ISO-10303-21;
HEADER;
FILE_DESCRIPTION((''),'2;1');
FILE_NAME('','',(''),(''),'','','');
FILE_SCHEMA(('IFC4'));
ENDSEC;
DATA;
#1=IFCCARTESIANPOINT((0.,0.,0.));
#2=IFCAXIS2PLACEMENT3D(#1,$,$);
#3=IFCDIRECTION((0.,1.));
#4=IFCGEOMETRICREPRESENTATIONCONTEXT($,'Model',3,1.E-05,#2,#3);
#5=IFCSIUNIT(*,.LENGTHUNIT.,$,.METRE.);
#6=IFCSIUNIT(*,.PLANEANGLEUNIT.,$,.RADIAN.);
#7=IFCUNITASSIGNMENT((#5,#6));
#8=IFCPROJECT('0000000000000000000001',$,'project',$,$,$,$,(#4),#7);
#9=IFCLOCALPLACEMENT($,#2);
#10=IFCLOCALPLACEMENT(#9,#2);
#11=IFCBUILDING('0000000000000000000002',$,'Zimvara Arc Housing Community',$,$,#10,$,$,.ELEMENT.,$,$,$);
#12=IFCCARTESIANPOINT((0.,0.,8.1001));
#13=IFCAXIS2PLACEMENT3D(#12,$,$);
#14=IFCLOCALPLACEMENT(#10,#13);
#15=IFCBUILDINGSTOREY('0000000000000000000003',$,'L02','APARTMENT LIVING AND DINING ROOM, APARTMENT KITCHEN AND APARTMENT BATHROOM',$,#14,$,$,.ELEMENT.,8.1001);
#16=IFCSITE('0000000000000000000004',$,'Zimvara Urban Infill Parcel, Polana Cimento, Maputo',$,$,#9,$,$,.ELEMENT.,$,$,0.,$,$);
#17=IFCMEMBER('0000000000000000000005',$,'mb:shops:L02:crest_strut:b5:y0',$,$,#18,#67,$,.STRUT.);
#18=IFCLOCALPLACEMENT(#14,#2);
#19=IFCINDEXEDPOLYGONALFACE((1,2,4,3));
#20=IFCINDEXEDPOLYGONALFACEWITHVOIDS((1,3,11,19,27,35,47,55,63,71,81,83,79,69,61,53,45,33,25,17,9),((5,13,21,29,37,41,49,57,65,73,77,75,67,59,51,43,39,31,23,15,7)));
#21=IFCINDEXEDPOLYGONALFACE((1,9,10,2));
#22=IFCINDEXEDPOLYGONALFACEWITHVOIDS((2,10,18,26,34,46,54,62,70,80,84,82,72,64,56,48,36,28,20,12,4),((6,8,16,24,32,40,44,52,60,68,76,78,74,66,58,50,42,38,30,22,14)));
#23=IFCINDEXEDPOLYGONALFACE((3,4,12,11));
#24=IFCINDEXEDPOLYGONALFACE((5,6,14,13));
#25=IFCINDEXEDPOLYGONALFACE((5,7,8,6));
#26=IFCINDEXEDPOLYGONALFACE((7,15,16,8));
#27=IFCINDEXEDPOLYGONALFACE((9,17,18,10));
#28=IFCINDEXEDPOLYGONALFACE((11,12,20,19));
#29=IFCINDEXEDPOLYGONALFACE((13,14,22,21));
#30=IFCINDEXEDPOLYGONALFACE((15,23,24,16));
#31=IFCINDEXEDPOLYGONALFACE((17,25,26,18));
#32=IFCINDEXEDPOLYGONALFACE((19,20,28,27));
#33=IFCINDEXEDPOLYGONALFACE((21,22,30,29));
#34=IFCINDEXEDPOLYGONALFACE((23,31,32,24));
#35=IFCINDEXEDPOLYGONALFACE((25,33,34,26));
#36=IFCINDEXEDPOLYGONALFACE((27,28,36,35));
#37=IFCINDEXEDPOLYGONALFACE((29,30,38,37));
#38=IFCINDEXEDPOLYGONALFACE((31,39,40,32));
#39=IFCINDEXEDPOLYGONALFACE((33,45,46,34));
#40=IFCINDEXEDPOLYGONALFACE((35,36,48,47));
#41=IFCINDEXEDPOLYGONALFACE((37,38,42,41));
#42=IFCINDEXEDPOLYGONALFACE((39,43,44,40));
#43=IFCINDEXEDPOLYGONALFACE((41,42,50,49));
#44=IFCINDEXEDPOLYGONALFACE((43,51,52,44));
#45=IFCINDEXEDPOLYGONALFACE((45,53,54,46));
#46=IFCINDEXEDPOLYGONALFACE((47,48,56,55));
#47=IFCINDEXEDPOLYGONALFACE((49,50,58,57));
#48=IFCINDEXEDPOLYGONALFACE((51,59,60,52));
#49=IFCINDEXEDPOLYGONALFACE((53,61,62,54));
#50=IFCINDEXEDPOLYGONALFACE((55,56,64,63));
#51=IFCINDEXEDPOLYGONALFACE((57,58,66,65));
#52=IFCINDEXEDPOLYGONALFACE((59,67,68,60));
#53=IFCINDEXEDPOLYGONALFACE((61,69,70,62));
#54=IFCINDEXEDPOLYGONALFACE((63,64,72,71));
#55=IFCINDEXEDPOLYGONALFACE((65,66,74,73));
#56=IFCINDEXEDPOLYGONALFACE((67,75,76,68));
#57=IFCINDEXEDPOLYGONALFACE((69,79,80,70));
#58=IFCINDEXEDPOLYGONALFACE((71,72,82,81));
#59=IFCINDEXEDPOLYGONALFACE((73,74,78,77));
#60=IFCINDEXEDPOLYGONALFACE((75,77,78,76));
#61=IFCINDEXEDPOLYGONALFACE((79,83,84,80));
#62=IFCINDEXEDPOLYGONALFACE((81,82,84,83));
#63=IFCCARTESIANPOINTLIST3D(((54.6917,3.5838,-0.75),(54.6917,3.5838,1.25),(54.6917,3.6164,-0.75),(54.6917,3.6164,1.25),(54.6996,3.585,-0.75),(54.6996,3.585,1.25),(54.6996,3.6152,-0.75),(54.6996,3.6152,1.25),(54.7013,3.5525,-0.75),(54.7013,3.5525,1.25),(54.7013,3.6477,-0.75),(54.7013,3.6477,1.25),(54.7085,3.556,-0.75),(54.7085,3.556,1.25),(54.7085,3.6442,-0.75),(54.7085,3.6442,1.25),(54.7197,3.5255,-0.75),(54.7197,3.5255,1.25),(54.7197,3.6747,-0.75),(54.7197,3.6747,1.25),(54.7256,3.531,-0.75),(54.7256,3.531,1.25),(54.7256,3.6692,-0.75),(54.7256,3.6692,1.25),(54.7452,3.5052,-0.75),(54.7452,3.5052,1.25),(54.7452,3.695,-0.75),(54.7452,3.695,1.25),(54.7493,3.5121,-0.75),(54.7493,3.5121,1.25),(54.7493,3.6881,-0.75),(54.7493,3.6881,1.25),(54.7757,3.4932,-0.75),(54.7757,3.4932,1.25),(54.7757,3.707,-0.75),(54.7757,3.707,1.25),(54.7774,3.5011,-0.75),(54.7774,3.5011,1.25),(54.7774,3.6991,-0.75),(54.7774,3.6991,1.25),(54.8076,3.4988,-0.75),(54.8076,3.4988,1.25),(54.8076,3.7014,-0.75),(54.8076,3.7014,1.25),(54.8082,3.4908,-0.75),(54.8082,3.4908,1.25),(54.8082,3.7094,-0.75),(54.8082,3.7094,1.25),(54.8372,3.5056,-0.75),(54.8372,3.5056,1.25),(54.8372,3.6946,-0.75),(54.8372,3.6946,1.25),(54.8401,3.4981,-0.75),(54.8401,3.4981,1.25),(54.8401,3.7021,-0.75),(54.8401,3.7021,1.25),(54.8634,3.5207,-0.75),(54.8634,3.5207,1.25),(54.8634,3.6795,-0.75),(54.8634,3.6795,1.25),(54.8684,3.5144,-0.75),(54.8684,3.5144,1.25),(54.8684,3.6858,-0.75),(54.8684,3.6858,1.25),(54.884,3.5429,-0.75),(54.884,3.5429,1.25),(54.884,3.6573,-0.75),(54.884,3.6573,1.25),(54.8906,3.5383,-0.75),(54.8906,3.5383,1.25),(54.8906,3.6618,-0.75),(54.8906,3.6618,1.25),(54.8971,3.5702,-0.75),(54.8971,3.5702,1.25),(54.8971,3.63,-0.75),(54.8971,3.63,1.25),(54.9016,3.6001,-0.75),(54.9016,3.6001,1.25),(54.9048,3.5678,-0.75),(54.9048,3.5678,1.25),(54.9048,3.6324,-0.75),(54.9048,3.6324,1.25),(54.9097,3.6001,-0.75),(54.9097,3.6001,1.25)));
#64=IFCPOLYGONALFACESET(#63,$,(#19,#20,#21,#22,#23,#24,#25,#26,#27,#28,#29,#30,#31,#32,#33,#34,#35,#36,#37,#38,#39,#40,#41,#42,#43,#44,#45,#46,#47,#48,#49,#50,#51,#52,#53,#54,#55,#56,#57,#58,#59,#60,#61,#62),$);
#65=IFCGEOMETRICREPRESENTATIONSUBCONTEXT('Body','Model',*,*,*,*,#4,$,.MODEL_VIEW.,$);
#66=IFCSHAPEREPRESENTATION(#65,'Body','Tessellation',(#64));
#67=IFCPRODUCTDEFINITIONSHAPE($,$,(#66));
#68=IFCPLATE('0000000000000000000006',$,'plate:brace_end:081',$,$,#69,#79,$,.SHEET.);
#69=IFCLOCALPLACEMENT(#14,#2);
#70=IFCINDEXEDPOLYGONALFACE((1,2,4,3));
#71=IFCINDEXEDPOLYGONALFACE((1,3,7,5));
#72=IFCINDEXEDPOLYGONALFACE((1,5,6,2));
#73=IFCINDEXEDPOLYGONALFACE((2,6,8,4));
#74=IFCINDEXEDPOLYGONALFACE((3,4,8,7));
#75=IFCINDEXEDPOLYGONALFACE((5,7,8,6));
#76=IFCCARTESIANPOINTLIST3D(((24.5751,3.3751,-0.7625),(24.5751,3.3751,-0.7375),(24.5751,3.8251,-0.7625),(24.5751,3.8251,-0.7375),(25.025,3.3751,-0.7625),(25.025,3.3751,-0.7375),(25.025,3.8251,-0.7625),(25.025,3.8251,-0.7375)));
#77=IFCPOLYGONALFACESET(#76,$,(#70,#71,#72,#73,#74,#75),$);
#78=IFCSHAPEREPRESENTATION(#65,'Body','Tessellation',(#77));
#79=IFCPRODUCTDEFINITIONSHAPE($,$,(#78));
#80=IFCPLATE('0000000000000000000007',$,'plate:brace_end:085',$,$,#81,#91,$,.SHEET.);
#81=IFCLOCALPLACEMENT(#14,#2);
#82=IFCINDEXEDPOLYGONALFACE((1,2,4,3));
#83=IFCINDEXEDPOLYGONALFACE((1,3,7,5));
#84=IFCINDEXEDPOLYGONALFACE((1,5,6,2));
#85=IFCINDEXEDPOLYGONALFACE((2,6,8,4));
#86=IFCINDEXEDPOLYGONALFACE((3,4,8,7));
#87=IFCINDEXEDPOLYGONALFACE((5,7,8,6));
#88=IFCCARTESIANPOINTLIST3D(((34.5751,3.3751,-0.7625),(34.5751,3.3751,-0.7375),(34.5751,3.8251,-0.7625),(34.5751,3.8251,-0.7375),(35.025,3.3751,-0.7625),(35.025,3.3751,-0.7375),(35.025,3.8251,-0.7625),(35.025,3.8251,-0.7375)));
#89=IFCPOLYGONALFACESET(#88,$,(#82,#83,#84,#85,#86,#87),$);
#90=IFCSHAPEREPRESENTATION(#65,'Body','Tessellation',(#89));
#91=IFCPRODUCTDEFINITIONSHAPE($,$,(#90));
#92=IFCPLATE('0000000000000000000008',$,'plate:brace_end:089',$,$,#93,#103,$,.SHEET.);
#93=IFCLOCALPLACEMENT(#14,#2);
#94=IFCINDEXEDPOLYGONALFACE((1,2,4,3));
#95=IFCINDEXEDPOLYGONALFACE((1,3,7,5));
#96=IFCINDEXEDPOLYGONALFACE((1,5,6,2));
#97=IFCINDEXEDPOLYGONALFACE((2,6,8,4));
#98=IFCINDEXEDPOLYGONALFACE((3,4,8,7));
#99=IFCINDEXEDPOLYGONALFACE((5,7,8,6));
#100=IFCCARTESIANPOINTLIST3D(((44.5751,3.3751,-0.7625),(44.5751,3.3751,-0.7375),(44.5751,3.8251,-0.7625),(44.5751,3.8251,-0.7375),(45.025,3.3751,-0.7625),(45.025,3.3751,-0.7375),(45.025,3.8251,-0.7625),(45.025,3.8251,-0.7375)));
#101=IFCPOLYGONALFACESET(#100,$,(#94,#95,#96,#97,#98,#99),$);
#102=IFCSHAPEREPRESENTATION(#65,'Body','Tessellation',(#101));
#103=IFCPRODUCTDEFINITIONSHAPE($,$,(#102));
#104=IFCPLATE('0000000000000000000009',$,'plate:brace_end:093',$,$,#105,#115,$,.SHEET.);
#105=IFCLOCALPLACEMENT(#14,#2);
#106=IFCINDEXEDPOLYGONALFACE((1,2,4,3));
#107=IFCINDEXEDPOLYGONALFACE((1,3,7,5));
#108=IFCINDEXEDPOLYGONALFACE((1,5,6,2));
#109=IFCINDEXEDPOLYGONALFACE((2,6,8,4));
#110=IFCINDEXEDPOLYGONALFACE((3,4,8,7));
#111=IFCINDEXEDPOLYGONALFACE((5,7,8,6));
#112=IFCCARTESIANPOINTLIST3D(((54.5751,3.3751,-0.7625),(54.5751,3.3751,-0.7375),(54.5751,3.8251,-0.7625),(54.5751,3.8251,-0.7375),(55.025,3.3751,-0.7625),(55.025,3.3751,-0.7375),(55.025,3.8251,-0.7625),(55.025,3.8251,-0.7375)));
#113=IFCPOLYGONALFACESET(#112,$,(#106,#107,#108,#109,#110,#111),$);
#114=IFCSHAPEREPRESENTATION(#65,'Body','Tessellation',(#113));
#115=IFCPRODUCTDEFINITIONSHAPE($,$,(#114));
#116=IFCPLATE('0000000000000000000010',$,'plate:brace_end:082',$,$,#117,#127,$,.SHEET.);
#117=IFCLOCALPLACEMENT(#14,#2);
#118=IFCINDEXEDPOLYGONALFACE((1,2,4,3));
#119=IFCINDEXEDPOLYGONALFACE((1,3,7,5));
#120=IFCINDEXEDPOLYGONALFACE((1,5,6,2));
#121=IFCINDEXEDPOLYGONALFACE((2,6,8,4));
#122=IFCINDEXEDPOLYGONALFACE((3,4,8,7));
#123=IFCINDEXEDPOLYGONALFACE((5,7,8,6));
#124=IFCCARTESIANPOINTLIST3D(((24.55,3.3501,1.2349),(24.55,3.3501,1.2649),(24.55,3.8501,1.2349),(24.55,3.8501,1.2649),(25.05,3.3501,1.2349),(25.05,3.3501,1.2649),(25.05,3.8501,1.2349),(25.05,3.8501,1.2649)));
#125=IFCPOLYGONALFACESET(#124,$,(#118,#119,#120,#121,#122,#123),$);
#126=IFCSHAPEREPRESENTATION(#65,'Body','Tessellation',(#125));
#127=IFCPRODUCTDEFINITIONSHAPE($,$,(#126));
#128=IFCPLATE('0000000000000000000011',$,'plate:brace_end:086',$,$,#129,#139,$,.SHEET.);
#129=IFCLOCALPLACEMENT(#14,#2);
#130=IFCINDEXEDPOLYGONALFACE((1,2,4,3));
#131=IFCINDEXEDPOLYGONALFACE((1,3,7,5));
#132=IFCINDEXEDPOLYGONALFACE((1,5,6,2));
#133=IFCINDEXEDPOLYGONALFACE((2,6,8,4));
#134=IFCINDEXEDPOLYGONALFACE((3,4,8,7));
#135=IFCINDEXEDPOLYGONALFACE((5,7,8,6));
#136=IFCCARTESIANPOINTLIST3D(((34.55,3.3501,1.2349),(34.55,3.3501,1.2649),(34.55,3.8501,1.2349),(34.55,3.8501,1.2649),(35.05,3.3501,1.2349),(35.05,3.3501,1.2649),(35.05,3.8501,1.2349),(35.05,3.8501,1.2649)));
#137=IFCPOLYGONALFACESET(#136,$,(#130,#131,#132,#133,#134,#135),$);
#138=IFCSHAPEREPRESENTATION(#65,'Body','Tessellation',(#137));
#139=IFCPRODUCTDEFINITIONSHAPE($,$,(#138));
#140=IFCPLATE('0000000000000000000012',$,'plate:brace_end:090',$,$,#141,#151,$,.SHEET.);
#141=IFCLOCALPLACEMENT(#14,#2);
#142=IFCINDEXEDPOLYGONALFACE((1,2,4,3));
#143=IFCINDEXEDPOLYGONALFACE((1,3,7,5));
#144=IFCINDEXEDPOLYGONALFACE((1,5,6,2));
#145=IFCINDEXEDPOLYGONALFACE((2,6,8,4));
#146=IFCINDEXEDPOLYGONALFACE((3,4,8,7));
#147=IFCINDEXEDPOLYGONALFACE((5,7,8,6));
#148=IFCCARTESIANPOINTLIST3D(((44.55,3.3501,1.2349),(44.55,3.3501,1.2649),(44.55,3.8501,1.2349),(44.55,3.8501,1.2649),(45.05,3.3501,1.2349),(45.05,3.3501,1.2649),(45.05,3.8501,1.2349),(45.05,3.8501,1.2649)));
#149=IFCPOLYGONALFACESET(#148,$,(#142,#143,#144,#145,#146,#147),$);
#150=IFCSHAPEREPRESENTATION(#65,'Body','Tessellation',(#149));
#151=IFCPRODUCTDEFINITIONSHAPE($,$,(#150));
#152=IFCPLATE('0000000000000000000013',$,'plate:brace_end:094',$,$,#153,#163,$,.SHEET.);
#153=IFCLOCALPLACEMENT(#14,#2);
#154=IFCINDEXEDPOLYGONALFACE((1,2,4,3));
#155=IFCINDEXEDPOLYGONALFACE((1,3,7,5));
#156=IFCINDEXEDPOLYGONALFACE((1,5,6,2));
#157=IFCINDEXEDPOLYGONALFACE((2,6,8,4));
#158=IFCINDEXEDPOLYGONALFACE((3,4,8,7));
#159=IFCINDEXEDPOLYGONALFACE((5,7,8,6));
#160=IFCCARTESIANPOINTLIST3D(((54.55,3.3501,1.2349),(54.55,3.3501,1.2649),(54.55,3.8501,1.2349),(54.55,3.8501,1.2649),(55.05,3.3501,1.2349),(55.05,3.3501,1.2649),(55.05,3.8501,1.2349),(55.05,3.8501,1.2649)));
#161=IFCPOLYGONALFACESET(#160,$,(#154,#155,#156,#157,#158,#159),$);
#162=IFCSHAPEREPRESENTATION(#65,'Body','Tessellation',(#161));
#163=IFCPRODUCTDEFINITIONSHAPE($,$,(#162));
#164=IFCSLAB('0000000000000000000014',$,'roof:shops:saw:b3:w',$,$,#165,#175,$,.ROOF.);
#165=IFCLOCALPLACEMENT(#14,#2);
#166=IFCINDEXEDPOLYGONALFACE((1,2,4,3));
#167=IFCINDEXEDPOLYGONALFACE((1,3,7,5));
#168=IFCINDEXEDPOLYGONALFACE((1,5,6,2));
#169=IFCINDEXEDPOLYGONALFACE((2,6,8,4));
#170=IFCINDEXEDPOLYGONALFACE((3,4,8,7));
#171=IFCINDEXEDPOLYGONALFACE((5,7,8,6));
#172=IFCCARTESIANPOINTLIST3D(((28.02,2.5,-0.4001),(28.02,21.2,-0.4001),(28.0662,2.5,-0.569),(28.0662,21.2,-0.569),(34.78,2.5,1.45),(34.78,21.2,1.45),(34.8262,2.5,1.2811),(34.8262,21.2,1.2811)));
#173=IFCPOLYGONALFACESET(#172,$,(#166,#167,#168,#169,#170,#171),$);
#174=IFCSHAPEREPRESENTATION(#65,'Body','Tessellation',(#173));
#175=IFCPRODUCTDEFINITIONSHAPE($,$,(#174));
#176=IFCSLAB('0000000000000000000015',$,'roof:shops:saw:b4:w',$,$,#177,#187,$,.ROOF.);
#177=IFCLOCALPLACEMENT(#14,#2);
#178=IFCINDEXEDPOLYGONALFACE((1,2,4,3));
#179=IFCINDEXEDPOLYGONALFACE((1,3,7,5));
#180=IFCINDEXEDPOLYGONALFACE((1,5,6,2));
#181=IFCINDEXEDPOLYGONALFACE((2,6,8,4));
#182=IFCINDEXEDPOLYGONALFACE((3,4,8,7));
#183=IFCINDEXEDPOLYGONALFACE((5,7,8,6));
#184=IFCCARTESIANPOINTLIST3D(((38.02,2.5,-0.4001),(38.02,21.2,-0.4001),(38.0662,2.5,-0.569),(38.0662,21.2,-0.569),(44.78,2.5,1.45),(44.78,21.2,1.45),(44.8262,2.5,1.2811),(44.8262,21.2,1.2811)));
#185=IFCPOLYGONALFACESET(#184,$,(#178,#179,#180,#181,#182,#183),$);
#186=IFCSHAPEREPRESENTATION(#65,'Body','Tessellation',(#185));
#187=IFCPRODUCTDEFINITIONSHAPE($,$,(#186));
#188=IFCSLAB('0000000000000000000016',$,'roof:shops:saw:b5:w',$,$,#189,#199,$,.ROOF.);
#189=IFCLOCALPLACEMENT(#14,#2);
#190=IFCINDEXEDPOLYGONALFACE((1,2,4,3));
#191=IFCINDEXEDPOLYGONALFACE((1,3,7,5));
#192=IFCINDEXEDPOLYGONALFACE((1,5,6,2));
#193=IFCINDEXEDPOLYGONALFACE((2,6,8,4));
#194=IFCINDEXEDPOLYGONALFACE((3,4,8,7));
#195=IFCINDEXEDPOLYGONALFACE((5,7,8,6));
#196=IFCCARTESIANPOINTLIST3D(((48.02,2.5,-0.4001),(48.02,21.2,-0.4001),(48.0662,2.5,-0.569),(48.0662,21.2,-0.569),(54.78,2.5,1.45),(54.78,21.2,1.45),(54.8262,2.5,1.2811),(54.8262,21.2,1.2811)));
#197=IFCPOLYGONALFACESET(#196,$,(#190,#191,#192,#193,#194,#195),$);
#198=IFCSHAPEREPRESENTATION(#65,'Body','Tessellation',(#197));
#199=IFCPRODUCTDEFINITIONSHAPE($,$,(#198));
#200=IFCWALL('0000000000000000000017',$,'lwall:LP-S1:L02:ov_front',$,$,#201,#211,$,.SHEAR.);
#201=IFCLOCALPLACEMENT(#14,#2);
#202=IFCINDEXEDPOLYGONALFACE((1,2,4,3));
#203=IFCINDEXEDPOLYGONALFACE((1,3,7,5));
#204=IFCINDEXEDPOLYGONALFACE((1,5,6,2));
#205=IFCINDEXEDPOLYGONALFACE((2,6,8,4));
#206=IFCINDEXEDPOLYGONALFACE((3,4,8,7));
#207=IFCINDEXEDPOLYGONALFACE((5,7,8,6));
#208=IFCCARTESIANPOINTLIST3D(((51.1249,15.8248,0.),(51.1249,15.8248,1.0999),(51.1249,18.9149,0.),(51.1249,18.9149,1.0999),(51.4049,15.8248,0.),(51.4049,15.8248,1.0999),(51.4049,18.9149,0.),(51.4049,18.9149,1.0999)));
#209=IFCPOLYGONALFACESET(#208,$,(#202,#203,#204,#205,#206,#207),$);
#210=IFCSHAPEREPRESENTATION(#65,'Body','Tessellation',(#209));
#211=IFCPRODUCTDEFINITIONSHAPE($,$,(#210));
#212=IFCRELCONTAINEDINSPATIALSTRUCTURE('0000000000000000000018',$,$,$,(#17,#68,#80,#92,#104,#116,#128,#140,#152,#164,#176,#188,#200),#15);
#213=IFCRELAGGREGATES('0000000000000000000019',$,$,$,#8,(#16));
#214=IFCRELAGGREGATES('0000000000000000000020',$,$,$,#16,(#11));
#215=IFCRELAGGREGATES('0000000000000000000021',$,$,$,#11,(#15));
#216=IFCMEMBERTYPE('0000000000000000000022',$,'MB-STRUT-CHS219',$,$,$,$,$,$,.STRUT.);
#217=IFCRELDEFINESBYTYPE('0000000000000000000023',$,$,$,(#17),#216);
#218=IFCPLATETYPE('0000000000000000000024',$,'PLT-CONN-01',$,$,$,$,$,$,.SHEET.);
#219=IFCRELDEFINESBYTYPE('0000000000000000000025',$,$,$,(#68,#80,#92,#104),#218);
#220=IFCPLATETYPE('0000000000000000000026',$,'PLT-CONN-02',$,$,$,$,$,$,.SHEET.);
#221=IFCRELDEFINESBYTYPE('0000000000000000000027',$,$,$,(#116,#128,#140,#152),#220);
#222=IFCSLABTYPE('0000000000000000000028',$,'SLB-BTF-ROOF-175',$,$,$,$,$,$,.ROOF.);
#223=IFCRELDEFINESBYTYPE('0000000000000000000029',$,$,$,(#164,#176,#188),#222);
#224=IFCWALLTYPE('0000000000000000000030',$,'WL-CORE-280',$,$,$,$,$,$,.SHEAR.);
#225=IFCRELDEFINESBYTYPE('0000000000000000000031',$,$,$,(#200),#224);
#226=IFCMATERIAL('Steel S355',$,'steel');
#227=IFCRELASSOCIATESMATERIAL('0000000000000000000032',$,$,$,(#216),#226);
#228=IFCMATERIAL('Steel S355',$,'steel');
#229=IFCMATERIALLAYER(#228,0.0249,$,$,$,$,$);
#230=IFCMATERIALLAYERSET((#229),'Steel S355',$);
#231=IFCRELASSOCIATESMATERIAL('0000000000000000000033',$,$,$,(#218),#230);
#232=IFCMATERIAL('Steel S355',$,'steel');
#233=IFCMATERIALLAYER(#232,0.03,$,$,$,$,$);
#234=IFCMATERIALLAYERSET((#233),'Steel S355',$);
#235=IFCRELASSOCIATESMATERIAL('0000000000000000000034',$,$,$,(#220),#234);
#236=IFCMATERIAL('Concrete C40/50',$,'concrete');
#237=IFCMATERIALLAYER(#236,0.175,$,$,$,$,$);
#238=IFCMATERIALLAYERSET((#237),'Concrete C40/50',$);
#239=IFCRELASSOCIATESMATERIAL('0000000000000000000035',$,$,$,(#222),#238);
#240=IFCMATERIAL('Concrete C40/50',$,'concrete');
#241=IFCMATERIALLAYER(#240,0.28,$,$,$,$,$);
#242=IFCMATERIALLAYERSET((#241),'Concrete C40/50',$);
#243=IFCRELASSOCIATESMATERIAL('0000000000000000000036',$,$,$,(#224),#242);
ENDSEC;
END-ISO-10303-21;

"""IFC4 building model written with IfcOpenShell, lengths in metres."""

from ifc_helpers import new_model, si_unit, direction, frame, frame_2d, origin, origin_2d, place, context, subcontext, project, spatial, polyline, rectangle, hollow_circle, outline, extrude, material, layer, layer_set, material_profile, profile_set, type_object, element, save


model = new_model("IFC4")

# Units and contexts
model_context = context("Model", 3, precision=1e-05, world=origin(), true_north=direction((0.0, 1.0)))
body_context = subcontext(model_context, "Body", "Model", "MODEL_VIEW")
ifc_project = project(units=[si_unit("LENGTHUNIT", "METRE"), si_unit("PLANEANGLEUNIT", "RADIAN")], contexts=[model_context])

# Site, building, storey
site_placement = place(None, origin())
site = spatial("IfcSite", under=ifc_project, at=site_placement, Name="Zimvara Urban Infill Parcel, Polana Cimento, Maputo", CompositionType="ELEMENT", RefElevation=0.0)
building_placement = place(site_placement, origin())
building = spatial("IfcBuilding", under=site, at=building_placement, Name="Zimvara Arc Housing Community", CompositionType="ELEMENT")
storey_placement = place(building_placement, frame((0.0, 0.0, 8.1001)))
storey = spatial("IfcBuildingStorey", under=building, at=storey_placement, Name="L02", Description="APARTMENT LIVING AND DINING ROOM, APARTMENT KITCHEN AND APARTMENT BATHROOM", CompositionType="ELEMENT", Elevation=8.1001)

# Member
ifc_material_1 = material(Name="Steel S355", Category="steel")
ifc_material_profile_1 = material_profile(ifc_material_1, hollow_circle(Radius=0.1096, WallThickness=0.0081, at=origin_2d()), Name="CHS 219.1x8.0")
ifc_profile_set_1 = profile_set([ifc_material_profile_1], Name="Steel S355")
member_type = type_object("IfcMemberType", Name="MB-STRUT-CHS219", PredefinedType="STRUT", material=ifc_profile_set_1)
for number, where, z_axis, x_axis, name in (
    (1, (54.8, 3.6001, -0.75), (0.0, 0.0, 1.0), (1.0, 0.0, 0.0), "mb:shops:L02:crest_strut:b5:y0"),
):
    element("IfcMember", number, at=place(storey_placement, frame(where, z_axis=z_axis, x_axis=x_axis)), inside=storey, type_object=member_type, Name=name, PredefinedType="STRUT", context=body_context, shape_type="SweptSolid", body=[
        extrude(hollow_circle(Radius=0.1096, WallThickness=0.0081, at=origin_2d()), origin(), (0.0, 0.0, 1.0), 2.0),
    ])

# Plates
ifc_material_2 = material(Name="Steel S355", Category="steel")
ifc_layer_1 = layer(ifc_material_2, 0.0249)
ifc_layer_set_1 = layer_set([ifc_layer_1], Name="Steel S355")
plate_type_1 = type_object("IfcPlateType", Name="PLT-CONN-01", PredefinedType="SHEET", material=ifc_layer_set_1)
for number, where, z_axis, x_axis, name in (
    (2, (24.8, 3.6001, -0.7625), (0.0, 0.0, 1.0), (1.0, 0.0, 0.0), "plate:brace_end:081"),
    (3, (34.8, 3.6001, -0.7625), (0.0, 0.0, 1.0), (1.0, 0.0, 0.0), "plate:brace_end:085"),
    (4, (44.8, 3.6001, -0.7625), (0.0, 0.0, 1.0), (1.0, 0.0, 0.0), "plate:brace_end:089"),
    (5, (54.8, 3.6001, -0.7625), (0.0, 0.0, 1.0), (1.0, 0.0, 0.0), "plate:brace_end:093"),
):
    element("IfcPlate", number, at=place(storey_placement, frame(where, z_axis=z_axis, x_axis=x_axis)), inside=storey, type_object=plate_type_1, Name=name, PredefinedType="SHEET", context=body_context, shape_type="SweptSolid", body=[
        extrude(rectangle(XDim=0.45, YDim=0.45, at=origin_2d()), origin(), (0.0, 0.0, 1.0), 0.0249),
    ])
ifc_material_3 = material(Name="Steel S355", Category="steel")
ifc_layer_2 = layer(ifc_material_3, 0.03)
ifc_layer_set_2 = layer_set([ifc_layer_2], Name="Steel S355")
plate_type_2 = type_object("IfcPlateType", Name="PLT-CONN-02", PredefinedType="SHEET", material=ifc_layer_set_2)
for number, where, z_axis, x_axis, name in (
    (6, (24.8, 3.6001, 1.2349), (0.0, 0.0, 1.0), (1.0, 0.0, 0.0), "plate:brace_end:082"),
    (7, (34.8, 3.6001, 1.2349), (0.0, 0.0, 1.0), (1.0, 0.0, 0.0), "plate:brace_end:086"),
    (8, (44.8, 3.6001, 1.2349), (0.0, 0.0, 1.0), (1.0, 0.0, 0.0), "plate:brace_end:090"),
    (9, (54.8, 3.6001, 1.2349), (0.0, 0.0, 1.0), (1.0, 0.0, 0.0), "plate:brace_end:094"),
):
    element("IfcPlate", number, at=place(storey_placement, frame(where, z_axis=z_axis, x_axis=x_axis)), inside=storey, type_object=plate_type_2, Name=name, PredefinedType="SHEET", context=body_context, shape_type="SweptSolid", body=[
        extrude(rectangle(XDim=0.5, YDim=0.5, at=origin_2d()), origin(), (0.0, 0.0, 1.0), 0.03),
    ])

# Slabs
ifc_material_4 = material(Name="Concrete C40/50", Category="concrete")
ifc_layer_3 = layer(ifc_material_4, 0.175)
ifc_layer_set_3 = layer_set([ifc_layer_3], Name="Concrete C40/50")
slab_type = type_object("IfcSlabType", Name="SLB-BTF-ROOF-175", PredefinedType="ROOF", material=ifc_layer_set_3)
for number, where, z_axis, x_axis, name in (
    (10, (28.02, 2.5, -0.4001), (-0.263975, 0.0, 0.96453), (0.96453, 0.0, 0.263975), "roof:shops:saw:b3:w"),
    (11, (38.02, 2.5, -0.4001), (-0.263975, 0.0, 0.96453), (0.96453, 0.0, 0.263975), "roof:shops:saw:b4:w"),
    (12, (48.02, 2.5, -0.4001), (-0.263975, 0.0, 0.96453), (0.96453, 0.0, 0.263975), "roof:shops:saw:b5:w"),
):
    element("IfcSlab", number, at=place(storey_placement, frame(where, z_axis=z_axis, x_axis=x_axis)), inside=storey, type_object=slab_type, Name=name, PredefinedType="ROOF", context=body_context, shape_type="SweptSolid", body=[
        extrude(outline(polyline([(0.0, 0.0), (7.0086, 0.0), (7.0086, 18.7), (0.0, 18.7), (0.0, 0.0)])), origin(), (0.0, 0.0, -1.0), 0.175),
    ])

# Wall
ifc_material_5 = material(Name="Concrete C40/50", Category="concrete")
ifc_layer_4 = layer(ifc_material_5, 0.28)
ifc_layer_set_4 = layer_set([ifc_layer_4], Name="Concrete C40/50")
wall_type = type_object("IfcWallType", Name="WL-CORE-280", PredefinedType="SHEAR", material=ifc_layer_set_4)
for number, where, z_axis, x_axis, name in (
    (13, (51.2649, 15.825, 0.0), (0.0, 0.0, 1.0), (0.0, 1.0, 0.0), "lwall:LP-S1:L02:ov_front"),
):
    element("IfcWall", number, at=place(storey_placement, frame(where, z_axis=z_axis, x_axis=x_axis)), inside=storey, type_object=wall_type, Name=name, PredefinedType="SHEAR", context=body_context, shape_type="SweptSolid", body=[
        extrude(rectangle(XDim=3.0901, YDim=0.28, at=frame_2d((1.5449, 0.0))), origin(), (0.0, 0.0, 1.0), 1.0999),
    ])

save(model, "model.ifc")
